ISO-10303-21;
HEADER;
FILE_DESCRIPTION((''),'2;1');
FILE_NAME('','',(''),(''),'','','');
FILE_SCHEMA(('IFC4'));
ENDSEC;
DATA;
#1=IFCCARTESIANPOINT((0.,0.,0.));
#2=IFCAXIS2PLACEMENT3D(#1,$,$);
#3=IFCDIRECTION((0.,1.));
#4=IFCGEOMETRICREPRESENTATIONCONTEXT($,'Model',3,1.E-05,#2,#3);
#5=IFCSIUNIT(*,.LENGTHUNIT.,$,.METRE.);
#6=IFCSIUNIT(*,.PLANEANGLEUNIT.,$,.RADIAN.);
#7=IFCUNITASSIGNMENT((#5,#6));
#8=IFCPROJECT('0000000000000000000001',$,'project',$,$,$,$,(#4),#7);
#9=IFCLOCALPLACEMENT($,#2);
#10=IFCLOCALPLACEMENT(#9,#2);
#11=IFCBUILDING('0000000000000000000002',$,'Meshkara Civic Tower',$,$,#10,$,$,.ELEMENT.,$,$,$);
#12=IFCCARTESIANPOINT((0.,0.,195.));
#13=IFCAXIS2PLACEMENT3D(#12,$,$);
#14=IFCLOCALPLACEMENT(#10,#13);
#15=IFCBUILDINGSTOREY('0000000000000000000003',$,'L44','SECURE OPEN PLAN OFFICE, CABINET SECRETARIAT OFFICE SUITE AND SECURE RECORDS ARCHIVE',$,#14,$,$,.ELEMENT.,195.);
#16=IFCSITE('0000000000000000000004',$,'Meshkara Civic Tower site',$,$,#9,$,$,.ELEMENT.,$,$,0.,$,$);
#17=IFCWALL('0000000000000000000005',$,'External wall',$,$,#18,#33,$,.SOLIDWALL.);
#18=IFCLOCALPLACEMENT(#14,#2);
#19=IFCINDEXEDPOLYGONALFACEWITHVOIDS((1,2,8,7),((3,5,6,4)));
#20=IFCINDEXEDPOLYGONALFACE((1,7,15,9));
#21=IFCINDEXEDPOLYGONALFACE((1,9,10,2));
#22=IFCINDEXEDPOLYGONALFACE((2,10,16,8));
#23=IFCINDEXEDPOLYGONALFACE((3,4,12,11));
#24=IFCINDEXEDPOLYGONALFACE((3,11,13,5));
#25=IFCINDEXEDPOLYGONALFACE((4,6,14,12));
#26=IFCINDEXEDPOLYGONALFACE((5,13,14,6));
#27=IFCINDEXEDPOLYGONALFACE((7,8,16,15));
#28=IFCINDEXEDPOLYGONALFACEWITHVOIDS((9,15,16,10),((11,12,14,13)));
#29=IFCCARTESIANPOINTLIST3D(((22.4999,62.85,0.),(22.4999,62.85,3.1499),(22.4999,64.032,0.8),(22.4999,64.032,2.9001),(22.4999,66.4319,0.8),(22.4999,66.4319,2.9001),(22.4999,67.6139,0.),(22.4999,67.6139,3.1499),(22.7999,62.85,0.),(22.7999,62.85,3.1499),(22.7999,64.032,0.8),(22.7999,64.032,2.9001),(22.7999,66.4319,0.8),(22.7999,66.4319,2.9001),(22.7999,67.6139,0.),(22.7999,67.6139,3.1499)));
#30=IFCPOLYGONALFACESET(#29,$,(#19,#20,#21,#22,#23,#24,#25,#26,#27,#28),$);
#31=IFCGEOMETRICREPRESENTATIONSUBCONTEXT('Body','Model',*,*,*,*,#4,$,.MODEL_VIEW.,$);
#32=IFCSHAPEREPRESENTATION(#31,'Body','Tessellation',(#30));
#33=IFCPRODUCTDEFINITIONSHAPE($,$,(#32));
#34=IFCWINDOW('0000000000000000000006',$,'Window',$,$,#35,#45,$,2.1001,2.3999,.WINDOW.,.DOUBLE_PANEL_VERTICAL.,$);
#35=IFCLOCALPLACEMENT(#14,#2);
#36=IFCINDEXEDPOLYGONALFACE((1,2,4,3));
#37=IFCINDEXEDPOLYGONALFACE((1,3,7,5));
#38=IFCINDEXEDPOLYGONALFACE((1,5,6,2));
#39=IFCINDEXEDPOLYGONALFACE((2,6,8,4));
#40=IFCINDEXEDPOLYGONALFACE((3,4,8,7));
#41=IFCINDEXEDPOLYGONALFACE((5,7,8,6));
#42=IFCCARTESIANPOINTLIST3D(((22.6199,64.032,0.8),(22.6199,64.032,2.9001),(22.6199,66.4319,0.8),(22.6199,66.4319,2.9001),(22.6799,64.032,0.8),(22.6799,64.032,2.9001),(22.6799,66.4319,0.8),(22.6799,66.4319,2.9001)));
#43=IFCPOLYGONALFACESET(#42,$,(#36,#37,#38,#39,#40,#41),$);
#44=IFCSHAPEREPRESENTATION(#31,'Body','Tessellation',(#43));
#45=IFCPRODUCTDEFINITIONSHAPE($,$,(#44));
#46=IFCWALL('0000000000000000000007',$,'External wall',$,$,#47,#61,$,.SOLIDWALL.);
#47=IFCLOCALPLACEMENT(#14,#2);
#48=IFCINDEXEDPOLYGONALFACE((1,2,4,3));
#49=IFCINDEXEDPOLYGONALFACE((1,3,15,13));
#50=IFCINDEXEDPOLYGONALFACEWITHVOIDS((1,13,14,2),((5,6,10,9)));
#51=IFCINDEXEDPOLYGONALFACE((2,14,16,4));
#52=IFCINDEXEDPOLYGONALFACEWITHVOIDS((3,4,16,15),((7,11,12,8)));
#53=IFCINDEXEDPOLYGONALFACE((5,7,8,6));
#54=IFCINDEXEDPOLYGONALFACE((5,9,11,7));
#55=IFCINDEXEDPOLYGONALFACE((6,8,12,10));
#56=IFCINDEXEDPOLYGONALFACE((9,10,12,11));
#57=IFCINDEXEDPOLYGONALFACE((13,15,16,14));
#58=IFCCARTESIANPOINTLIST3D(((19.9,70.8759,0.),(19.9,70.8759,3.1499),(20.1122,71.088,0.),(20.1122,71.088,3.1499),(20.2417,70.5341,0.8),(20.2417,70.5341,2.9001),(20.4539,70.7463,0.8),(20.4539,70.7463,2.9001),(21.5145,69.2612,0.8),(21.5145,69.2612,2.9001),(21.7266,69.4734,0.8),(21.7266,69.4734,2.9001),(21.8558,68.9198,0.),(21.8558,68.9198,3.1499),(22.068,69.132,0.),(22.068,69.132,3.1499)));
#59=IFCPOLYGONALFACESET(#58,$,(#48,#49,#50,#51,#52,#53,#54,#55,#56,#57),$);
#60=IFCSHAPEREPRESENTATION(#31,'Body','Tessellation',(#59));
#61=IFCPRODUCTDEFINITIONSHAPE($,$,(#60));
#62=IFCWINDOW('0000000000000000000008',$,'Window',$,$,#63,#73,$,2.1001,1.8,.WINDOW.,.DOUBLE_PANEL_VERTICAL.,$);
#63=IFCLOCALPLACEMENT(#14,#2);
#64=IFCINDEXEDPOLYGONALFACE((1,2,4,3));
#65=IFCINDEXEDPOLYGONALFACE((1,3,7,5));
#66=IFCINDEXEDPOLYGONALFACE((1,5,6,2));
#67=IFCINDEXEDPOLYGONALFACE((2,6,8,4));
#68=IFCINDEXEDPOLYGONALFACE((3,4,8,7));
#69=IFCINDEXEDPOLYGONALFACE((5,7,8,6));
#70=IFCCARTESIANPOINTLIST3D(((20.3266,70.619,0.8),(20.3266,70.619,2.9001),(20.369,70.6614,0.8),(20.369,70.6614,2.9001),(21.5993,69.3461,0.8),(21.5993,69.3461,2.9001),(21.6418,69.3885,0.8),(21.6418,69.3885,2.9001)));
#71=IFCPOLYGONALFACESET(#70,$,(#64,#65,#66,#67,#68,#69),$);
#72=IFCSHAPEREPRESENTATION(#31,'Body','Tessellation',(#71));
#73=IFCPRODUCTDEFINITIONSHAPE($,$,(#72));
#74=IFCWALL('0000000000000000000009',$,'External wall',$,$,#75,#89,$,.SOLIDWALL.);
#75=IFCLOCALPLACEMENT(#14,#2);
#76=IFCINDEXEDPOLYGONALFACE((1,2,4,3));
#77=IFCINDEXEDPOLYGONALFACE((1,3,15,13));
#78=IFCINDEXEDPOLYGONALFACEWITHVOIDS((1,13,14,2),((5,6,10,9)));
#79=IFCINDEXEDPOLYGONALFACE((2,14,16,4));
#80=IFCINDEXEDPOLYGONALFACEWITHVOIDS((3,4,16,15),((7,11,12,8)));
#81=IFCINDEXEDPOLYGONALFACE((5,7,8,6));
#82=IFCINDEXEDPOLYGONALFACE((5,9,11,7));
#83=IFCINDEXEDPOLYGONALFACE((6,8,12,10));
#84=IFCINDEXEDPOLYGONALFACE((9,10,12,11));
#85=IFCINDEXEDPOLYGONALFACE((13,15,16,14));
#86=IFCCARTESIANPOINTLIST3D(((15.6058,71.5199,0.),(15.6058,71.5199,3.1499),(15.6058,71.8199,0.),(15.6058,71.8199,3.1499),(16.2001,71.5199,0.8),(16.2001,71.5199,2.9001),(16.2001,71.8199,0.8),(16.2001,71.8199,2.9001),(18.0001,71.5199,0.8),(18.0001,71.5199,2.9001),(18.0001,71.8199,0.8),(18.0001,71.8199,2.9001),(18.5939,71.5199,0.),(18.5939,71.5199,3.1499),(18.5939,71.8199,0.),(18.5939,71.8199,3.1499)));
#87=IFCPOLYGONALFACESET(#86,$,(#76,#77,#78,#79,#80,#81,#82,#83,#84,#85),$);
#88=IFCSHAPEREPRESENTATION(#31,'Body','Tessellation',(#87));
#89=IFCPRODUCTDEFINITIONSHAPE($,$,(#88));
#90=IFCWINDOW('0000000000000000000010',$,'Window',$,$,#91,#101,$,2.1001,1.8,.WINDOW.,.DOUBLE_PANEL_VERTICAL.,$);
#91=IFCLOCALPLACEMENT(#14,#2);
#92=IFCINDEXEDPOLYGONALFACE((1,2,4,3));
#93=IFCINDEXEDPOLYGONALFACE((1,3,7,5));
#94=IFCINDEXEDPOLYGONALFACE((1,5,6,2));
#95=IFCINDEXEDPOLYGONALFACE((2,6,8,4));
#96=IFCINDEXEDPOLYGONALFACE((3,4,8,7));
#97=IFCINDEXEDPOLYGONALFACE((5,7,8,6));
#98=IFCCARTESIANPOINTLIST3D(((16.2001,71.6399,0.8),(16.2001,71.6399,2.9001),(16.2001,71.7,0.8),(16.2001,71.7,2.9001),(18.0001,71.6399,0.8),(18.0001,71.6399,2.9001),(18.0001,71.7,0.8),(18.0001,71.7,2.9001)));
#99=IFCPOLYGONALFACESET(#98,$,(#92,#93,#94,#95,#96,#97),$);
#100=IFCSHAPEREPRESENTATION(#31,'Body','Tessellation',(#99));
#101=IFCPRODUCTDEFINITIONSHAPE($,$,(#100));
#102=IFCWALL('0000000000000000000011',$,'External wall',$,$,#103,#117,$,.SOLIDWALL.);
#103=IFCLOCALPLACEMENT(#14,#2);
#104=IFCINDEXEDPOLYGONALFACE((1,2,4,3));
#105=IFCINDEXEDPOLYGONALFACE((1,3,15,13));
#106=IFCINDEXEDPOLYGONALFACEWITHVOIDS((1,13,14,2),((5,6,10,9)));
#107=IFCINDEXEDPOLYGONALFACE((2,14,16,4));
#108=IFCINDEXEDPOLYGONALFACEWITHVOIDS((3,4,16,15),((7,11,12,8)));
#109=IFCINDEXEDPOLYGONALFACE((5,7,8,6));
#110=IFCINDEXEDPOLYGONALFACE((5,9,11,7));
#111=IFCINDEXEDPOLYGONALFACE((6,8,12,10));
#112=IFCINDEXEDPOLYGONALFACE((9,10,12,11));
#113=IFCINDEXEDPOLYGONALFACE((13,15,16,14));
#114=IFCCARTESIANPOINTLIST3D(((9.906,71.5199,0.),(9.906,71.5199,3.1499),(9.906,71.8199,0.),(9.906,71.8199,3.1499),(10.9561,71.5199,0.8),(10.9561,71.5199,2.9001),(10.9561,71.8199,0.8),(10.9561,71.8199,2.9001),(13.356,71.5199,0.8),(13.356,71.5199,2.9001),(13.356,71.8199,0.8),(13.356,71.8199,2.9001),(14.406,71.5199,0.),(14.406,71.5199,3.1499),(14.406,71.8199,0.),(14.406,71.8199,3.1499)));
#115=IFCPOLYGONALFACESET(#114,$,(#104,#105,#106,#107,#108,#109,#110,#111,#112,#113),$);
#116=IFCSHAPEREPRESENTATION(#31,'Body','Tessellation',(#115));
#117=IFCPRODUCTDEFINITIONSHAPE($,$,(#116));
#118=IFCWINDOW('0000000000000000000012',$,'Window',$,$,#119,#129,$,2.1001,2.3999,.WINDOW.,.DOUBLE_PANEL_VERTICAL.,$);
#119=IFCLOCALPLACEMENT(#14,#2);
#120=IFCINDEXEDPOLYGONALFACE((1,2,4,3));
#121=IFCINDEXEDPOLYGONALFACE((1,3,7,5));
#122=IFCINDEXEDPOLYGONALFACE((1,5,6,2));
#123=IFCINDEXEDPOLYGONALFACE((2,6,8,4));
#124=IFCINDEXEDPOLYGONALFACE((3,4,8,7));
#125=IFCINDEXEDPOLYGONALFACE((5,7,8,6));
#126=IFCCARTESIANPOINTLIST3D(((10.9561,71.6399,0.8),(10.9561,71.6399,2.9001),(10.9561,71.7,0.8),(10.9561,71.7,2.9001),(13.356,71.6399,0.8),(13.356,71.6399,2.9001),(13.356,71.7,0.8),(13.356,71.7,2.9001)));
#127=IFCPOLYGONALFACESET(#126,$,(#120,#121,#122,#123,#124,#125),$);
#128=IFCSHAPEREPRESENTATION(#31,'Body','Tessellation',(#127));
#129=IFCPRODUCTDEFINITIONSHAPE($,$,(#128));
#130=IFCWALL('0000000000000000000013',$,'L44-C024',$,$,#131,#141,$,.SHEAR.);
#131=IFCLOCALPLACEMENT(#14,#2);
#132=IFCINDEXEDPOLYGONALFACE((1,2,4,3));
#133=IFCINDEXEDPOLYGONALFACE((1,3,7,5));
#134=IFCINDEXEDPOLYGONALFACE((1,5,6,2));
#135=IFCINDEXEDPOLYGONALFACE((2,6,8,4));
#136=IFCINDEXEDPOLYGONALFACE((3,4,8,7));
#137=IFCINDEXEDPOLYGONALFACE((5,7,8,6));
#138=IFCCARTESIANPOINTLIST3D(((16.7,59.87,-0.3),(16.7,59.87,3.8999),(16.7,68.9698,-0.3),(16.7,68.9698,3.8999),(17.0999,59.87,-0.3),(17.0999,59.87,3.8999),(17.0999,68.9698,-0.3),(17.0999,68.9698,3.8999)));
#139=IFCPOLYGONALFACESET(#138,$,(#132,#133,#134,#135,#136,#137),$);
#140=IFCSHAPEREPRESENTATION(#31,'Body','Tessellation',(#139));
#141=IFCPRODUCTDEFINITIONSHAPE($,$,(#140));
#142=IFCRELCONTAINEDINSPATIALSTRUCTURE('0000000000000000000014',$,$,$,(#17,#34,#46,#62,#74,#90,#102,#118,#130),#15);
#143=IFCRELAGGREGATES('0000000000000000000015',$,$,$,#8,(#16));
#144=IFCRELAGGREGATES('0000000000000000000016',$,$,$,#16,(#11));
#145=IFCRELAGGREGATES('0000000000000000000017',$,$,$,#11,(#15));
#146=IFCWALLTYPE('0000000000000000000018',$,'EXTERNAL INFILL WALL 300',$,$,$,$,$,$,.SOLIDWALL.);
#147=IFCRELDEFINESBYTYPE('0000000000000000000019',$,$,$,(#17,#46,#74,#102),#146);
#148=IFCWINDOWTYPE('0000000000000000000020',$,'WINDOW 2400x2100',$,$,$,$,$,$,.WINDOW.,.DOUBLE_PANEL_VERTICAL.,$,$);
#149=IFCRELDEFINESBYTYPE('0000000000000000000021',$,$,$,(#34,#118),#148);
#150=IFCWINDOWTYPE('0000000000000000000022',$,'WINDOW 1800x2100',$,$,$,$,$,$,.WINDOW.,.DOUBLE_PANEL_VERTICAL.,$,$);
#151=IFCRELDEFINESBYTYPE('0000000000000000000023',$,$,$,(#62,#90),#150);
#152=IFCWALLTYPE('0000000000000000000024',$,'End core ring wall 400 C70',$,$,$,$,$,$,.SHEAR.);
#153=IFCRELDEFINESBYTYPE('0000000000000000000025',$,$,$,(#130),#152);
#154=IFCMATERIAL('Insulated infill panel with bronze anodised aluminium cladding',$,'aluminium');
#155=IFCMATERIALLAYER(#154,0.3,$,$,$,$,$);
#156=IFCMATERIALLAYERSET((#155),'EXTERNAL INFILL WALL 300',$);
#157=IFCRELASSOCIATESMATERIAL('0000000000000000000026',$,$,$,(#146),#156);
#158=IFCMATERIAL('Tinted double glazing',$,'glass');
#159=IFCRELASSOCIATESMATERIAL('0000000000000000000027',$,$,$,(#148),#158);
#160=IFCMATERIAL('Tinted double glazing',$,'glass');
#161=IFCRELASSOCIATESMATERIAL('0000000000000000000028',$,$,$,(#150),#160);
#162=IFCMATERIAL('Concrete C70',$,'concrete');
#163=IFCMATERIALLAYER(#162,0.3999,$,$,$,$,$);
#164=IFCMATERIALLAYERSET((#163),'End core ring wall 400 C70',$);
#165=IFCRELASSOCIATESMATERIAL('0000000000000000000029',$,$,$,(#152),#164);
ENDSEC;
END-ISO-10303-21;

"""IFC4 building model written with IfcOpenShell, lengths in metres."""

from ifc_helpers import new_model, si_unit, direction, frame, frame_2d, origin, place, context, subcontext, project, spatial, rectangle, extrude, material, layer, layer_set, type_object, element, fill, save


model = new_model("IFC4")

# Units and contexts
model_context = context("Model", 3, precision=1e-05, world=origin(), true_north=direction((0.0, 1.0)))
body_context = subcontext(model_context, "Body", "Model", "MODEL_VIEW")
ifc_project = project(units=[si_unit("LENGTHUNIT", "METRE"), si_unit("PLANEANGLEUNIT", "RADIAN")], contexts=[model_context])

# Site, building, storey
site_placement = place(None, origin())
site = spatial("IfcSite", under=ifc_project, at=site_placement, Name="Meshkara Civic Tower site", CompositionType="ELEMENT", RefElevation=0.0)
building_placement = place(site_placement, origin())
building = spatial("IfcBuilding", under=site, at=building_placement, Name="Meshkara Civic Tower", CompositionType="ELEMENT")
storey_placement = place(building_placement, frame((0.0, 0.0, 195.0)))
storey = spatial("IfcBuildingStorey", under=building, at=storey_placement, Name="L44", Description="SECURE OPEN PLAN OFFICE, CABINET SECRETARIAT OFFICE SUITE AND SECURE RECORDS ARCHIVE", CompositionType="ELEMENT", Elevation=195.0)

# Walls, openings, windows
ifc_material_1 = material(Name="Insulated infill panel with bronze anodised aluminium cladding", Category="aluminium")
ifc_layer_1 = layer(ifc_material_1, 0.3)
ifc_layer_set_1 = layer_set([ifc_layer_1], Name="EXTERNAL INFILL WALL 300")
wall_type_1 = type_object("IfcWallType", Name="EXTERNAL INFILL WALL 300", PredefinedType="SOLIDWALL", material=ifc_layer_set_1)
ifc_material_2 = material(Name="Tinted double glazing", Category="glass")
window_type_1 = type_object("IfcWindowType", Name="WINDOW 2400x2100", PartitioningType="DOUBLE_PANEL_VERTICAL", PredefinedType="WINDOW", material=ifc_material_2)
wall_1_placement = place(storey_placement, frame((22.6499, 62.8501, 0.0), z_axis=(0.0, 0.0, 1.0), x_axis=(0.0, 1.0, 0.0)))
wall_1 = element("IfcWall", 1, at=wall_1_placement, inside=storey, type_object=wall_type_1, Name="External wall", PredefinedType="SOLIDWALL", context=body_context, shape_type="SweptSolid", body=[
    extrude(rectangle(XDim=4.7639, YDim=0.3, at=frame_2d((2.3818, 0.0))), origin(), (0.0, 0.0, 1.0), 3.1499),
])
opening_1_placement = place(wall_1_placement, frame((1.1819, 0.0, 0.8)))
opening_1 = element("IfcOpeningElement", 2, at=opening_1_placement, cuts=wall_1, PredefinedType="OPENING", context=body_context, shape_type="SweptSolid", body=[
    extrude(rectangle(XDim=2.3999, YDim=2.1001, at=frame_2d((1.2, 1.05))), frame((0.0, 0.1599, 0.0), z_axis=(0.0, -1.0, 0.0), x_axis=(1.0, 0.0, 0.0)), (0.0, 0.0, 1.0), 0.3201),
])
window_1_placement = place(opening_1_placement, origin())
window_1 = element("IfcWindow", 3, at=window_1_placement, inside=storey, type_object=window_type_1, Name="Window", OverallHeight=2.1001, OverallWidth=2.3999, PartitioningType="DOUBLE_PANEL_VERTICAL", PredefinedType="WINDOW", context=body_context, shape_type="SweptSolid", body=[
    extrude(rectangle(XDim=2.3999, YDim=2.1001, at=frame_2d((1.2, 1.05))), frame((0.0, 0.03, 0.0), z_axis=(0.0, -1.0, 0.0), x_axis=(1.0, 0.0, 0.0)), (0.0, 0.0, 1.0), 0.0601),
])
fill(opening_1, window_1)
wall_2_placement = place(storey_placement, frame((21.9619, 69.0259, 0.0), z_axis=(0.0, 0.0, 1.0), x_axis=(-0.707063, 0.707151, 0.0)))
wall_2 = element("IfcWall", 4, at=wall_2_placement, inside=storey, type_object=wall_type_1, Name="External wall", PredefinedType="SOLIDWALL", context=body_context, shape_type="SweptSolid", body=[
    extrude(rectangle(XDim=2.7661, YDim=0.3, at=frame_2d((1.3831, 0.0))), origin(), (0.0, 0.0, 1.0), 3.1499),
])
opening_2_placement = place(wall_2_placement, frame((0.4829, 0.0, 0.8)))
opening_2 = element("IfcOpeningElement", 5, at=opening_2_placement, cuts=wall_2, PredefinedType="OPENING", context=body_context, shape_type="SweptSolid", body=[
    extrude(rectangle(XDim=1.8, YDim=2.1001, at=frame_2d((0.8999, 1.05))), frame((0.0, 0.1599, 0.0), z_axis=(0.0, -1.0, 0.0), x_axis=(1.0, 0.0, 0.0)), (0.0, 0.0, 1.0), 0.3201),
])
ifc_material_3 = material(Name="Tinted double glazing", Category="glass")
window_type_2 = type_object("IfcWindowType", Name="WINDOW 1800x2100", PartitioningType="DOUBLE_PANEL_VERTICAL", PredefinedType="WINDOW", material=ifc_material_3)
window_2_placement = place(opening_2_placement, origin())
window_2 = element("IfcWindow", 6, at=window_2_placement, inside=storey, type_object=window_type_2, Name="Window", OverallHeight=2.1001, OverallWidth=1.8, PartitioningType="DOUBLE_PANEL_VERTICAL", PredefinedType="WINDOW", context=body_context, shape_type="SweptSolid", body=[
    extrude(rectangle(XDim=1.8, YDim=2.1001, at=frame_2d((0.8999, 1.05))), frame((0.0, 0.03, 0.0), z_axis=(0.0, -1.0, 0.0), x_axis=(1.0, 0.0, 0.0)), (0.0, 0.0, 1.0), 0.0601),
])
fill(opening_2, window_2)
wall_3_placement = place(storey_placement, frame((18.594, 71.6699, 0.0), z_axis=(0.0, 0.0, 1.0), x_axis=(-1.0, 0.0, 0.0)))
wall_3 = element("IfcWall", 7, at=wall_3_placement, inside=storey, type_object=wall_type_1, Name="External wall", PredefinedType="SOLIDWALL", context=body_context, shape_type="SweptSolid", body=[
    extrude(rectangle(XDim=2.988, YDim=0.3, at=frame_2d((1.4941, 0.0))), origin(), (0.0, 0.0, 1.0), 3.1499),
])
opening_3_placement = place(wall_3_placement, frame((0.594, 0.0, 0.8)))
opening_3 = element("IfcOpeningElement", 8, at=opening_3_placement, cuts=wall_3, PredefinedType="OPENING", context=body_context, shape_type="SweptSolid", body=[
    extrude(rectangle(XDim=1.8, YDim=2.1001, at=frame_2d((0.8999, 1.05))), frame((0.0, 0.1599, 0.0), z_axis=(0.0, -1.0, 0.0), x_axis=(1.0, 0.0, 0.0)), (0.0, 0.0, 1.0), 0.3201),
])
window_3_placement = place(opening_3_placement, origin())
window_3 = element("IfcWindow", 9, at=window_3_placement, inside=storey, type_object=window_type_2, Name="Window", OverallHeight=2.1001, OverallWidth=1.8, PartitioningType="DOUBLE_PANEL_VERTICAL", PredefinedType="WINDOW", context=body_context, shape_type="SweptSolid", body=[
    extrude(rectangle(XDim=1.8, YDim=2.1001, at=frame_2d((0.8999, 1.05))), frame((0.0, 0.03, 0.0), z_axis=(0.0, -1.0, 0.0), x_axis=(1.0, 0.0, 0.0)), (0.0, 0.0, 1.0), 0.0601),
])
fill(opening_3, window_3)
wall_4_placement = place(storey_placement, frame((14.406, 71.6699, 0.0), z_axis=(0.0, 0.0, 1.0), x_axis=(-1.0, 0.0, 0.0)))
wall_4 = element("IfcWall", 10, at=wall_4_placement, inside=storey, type_object=wall_type_1, Name="External wall", PredefinedType="SOLIDWALL", context=body_context, shape_type="SweptSolid", body=[
    extrude(rectangle(XDim=4.5, YDim=0.3, at=frame_2d((2.25, 0.0))), origin(), (0.0, 0.0, 1.0), 3.1499),
])
opening_4_placement = place(wall_4_placement, frame((1.05, 0.0, 0.8)))
opening_4 = element("IfcOpeningElement", 11, at=opening_4_placement, cuts=wall_4, PredefinedType="OPENING", context=body_context, shape_type="SweptSolid", body=[
    extrude(rectangle(XDim=2.3999, YDim=2.1001, at=frame_2d((1.2, 1.05))), frame((0.0, 0.1599, 0.0), z_axis=(0.0, -1.0, 0.0), x_axis=(1.0, 0.0, 0.0)), (0.0, 0.0, 1.0), 0.3201),
])
window_4_placement = place(opening_4_placement, origin())
window_4 = element("IfcWindow", 12, at=window_4_placement, inside=storey, type_object=window_type_1, Name="Window", OverallHeight=2.1001, OverallWidth=2.3999, PartitioningType="DOUBLE_PANEL_VERTICAL", PredefinedType="WINDOW", context=body_context, shape_type="SweptSolid", body=[
    extrude(rectangle(XDim=2.3999, YDim=2.1001, at=frame_2d((1.2, 1.05))), frame((0.0, 0.03, 0.0), z_axis=(0.0, -1.0, 0.0), x_axis=(1.0, 0.0, 0.0)), (0.0, 0.0, 1.0), 0.0601),
])
fill(opening_4, window_4)

# Wall
ifc_material_4 = material(Name="Concrete C70", Category="concrete")
ifc_layer_2 = layer(ifc_material_4, 0.3999)
ifc_layer_set_2 = layer_set([ifc_layer_2], Name="End core ring wall 400 C70")
wall_type_2 = type_object("IfcWallType", Name="End core ring wall 400 C70", PredefinedType="SHEAR", material=ifc_layer_set_2)
wall_5_placement = place(storey_placement, frame((16.8999, 59.8701, -0.3), z_axis=(0.0, 0.0, 1.0), x_axis=(0.0, 1.0, 0.0)))
element("IfcWall", 13, at=wall_5_placement, inside=storey, type_object=wall_type_2, Name="L44-C024", PredefinedType="SHEAR", context=body_context, shape_type="SweptSolid", body=[
    extrude(rectangle(XDim=9.0999, YDim=0.3999, at=frame_2d((4.5498, 0.0))), origin(), (0.0, 0.0, 1.0), 4.2),
])

save(model, "model.ifc")
